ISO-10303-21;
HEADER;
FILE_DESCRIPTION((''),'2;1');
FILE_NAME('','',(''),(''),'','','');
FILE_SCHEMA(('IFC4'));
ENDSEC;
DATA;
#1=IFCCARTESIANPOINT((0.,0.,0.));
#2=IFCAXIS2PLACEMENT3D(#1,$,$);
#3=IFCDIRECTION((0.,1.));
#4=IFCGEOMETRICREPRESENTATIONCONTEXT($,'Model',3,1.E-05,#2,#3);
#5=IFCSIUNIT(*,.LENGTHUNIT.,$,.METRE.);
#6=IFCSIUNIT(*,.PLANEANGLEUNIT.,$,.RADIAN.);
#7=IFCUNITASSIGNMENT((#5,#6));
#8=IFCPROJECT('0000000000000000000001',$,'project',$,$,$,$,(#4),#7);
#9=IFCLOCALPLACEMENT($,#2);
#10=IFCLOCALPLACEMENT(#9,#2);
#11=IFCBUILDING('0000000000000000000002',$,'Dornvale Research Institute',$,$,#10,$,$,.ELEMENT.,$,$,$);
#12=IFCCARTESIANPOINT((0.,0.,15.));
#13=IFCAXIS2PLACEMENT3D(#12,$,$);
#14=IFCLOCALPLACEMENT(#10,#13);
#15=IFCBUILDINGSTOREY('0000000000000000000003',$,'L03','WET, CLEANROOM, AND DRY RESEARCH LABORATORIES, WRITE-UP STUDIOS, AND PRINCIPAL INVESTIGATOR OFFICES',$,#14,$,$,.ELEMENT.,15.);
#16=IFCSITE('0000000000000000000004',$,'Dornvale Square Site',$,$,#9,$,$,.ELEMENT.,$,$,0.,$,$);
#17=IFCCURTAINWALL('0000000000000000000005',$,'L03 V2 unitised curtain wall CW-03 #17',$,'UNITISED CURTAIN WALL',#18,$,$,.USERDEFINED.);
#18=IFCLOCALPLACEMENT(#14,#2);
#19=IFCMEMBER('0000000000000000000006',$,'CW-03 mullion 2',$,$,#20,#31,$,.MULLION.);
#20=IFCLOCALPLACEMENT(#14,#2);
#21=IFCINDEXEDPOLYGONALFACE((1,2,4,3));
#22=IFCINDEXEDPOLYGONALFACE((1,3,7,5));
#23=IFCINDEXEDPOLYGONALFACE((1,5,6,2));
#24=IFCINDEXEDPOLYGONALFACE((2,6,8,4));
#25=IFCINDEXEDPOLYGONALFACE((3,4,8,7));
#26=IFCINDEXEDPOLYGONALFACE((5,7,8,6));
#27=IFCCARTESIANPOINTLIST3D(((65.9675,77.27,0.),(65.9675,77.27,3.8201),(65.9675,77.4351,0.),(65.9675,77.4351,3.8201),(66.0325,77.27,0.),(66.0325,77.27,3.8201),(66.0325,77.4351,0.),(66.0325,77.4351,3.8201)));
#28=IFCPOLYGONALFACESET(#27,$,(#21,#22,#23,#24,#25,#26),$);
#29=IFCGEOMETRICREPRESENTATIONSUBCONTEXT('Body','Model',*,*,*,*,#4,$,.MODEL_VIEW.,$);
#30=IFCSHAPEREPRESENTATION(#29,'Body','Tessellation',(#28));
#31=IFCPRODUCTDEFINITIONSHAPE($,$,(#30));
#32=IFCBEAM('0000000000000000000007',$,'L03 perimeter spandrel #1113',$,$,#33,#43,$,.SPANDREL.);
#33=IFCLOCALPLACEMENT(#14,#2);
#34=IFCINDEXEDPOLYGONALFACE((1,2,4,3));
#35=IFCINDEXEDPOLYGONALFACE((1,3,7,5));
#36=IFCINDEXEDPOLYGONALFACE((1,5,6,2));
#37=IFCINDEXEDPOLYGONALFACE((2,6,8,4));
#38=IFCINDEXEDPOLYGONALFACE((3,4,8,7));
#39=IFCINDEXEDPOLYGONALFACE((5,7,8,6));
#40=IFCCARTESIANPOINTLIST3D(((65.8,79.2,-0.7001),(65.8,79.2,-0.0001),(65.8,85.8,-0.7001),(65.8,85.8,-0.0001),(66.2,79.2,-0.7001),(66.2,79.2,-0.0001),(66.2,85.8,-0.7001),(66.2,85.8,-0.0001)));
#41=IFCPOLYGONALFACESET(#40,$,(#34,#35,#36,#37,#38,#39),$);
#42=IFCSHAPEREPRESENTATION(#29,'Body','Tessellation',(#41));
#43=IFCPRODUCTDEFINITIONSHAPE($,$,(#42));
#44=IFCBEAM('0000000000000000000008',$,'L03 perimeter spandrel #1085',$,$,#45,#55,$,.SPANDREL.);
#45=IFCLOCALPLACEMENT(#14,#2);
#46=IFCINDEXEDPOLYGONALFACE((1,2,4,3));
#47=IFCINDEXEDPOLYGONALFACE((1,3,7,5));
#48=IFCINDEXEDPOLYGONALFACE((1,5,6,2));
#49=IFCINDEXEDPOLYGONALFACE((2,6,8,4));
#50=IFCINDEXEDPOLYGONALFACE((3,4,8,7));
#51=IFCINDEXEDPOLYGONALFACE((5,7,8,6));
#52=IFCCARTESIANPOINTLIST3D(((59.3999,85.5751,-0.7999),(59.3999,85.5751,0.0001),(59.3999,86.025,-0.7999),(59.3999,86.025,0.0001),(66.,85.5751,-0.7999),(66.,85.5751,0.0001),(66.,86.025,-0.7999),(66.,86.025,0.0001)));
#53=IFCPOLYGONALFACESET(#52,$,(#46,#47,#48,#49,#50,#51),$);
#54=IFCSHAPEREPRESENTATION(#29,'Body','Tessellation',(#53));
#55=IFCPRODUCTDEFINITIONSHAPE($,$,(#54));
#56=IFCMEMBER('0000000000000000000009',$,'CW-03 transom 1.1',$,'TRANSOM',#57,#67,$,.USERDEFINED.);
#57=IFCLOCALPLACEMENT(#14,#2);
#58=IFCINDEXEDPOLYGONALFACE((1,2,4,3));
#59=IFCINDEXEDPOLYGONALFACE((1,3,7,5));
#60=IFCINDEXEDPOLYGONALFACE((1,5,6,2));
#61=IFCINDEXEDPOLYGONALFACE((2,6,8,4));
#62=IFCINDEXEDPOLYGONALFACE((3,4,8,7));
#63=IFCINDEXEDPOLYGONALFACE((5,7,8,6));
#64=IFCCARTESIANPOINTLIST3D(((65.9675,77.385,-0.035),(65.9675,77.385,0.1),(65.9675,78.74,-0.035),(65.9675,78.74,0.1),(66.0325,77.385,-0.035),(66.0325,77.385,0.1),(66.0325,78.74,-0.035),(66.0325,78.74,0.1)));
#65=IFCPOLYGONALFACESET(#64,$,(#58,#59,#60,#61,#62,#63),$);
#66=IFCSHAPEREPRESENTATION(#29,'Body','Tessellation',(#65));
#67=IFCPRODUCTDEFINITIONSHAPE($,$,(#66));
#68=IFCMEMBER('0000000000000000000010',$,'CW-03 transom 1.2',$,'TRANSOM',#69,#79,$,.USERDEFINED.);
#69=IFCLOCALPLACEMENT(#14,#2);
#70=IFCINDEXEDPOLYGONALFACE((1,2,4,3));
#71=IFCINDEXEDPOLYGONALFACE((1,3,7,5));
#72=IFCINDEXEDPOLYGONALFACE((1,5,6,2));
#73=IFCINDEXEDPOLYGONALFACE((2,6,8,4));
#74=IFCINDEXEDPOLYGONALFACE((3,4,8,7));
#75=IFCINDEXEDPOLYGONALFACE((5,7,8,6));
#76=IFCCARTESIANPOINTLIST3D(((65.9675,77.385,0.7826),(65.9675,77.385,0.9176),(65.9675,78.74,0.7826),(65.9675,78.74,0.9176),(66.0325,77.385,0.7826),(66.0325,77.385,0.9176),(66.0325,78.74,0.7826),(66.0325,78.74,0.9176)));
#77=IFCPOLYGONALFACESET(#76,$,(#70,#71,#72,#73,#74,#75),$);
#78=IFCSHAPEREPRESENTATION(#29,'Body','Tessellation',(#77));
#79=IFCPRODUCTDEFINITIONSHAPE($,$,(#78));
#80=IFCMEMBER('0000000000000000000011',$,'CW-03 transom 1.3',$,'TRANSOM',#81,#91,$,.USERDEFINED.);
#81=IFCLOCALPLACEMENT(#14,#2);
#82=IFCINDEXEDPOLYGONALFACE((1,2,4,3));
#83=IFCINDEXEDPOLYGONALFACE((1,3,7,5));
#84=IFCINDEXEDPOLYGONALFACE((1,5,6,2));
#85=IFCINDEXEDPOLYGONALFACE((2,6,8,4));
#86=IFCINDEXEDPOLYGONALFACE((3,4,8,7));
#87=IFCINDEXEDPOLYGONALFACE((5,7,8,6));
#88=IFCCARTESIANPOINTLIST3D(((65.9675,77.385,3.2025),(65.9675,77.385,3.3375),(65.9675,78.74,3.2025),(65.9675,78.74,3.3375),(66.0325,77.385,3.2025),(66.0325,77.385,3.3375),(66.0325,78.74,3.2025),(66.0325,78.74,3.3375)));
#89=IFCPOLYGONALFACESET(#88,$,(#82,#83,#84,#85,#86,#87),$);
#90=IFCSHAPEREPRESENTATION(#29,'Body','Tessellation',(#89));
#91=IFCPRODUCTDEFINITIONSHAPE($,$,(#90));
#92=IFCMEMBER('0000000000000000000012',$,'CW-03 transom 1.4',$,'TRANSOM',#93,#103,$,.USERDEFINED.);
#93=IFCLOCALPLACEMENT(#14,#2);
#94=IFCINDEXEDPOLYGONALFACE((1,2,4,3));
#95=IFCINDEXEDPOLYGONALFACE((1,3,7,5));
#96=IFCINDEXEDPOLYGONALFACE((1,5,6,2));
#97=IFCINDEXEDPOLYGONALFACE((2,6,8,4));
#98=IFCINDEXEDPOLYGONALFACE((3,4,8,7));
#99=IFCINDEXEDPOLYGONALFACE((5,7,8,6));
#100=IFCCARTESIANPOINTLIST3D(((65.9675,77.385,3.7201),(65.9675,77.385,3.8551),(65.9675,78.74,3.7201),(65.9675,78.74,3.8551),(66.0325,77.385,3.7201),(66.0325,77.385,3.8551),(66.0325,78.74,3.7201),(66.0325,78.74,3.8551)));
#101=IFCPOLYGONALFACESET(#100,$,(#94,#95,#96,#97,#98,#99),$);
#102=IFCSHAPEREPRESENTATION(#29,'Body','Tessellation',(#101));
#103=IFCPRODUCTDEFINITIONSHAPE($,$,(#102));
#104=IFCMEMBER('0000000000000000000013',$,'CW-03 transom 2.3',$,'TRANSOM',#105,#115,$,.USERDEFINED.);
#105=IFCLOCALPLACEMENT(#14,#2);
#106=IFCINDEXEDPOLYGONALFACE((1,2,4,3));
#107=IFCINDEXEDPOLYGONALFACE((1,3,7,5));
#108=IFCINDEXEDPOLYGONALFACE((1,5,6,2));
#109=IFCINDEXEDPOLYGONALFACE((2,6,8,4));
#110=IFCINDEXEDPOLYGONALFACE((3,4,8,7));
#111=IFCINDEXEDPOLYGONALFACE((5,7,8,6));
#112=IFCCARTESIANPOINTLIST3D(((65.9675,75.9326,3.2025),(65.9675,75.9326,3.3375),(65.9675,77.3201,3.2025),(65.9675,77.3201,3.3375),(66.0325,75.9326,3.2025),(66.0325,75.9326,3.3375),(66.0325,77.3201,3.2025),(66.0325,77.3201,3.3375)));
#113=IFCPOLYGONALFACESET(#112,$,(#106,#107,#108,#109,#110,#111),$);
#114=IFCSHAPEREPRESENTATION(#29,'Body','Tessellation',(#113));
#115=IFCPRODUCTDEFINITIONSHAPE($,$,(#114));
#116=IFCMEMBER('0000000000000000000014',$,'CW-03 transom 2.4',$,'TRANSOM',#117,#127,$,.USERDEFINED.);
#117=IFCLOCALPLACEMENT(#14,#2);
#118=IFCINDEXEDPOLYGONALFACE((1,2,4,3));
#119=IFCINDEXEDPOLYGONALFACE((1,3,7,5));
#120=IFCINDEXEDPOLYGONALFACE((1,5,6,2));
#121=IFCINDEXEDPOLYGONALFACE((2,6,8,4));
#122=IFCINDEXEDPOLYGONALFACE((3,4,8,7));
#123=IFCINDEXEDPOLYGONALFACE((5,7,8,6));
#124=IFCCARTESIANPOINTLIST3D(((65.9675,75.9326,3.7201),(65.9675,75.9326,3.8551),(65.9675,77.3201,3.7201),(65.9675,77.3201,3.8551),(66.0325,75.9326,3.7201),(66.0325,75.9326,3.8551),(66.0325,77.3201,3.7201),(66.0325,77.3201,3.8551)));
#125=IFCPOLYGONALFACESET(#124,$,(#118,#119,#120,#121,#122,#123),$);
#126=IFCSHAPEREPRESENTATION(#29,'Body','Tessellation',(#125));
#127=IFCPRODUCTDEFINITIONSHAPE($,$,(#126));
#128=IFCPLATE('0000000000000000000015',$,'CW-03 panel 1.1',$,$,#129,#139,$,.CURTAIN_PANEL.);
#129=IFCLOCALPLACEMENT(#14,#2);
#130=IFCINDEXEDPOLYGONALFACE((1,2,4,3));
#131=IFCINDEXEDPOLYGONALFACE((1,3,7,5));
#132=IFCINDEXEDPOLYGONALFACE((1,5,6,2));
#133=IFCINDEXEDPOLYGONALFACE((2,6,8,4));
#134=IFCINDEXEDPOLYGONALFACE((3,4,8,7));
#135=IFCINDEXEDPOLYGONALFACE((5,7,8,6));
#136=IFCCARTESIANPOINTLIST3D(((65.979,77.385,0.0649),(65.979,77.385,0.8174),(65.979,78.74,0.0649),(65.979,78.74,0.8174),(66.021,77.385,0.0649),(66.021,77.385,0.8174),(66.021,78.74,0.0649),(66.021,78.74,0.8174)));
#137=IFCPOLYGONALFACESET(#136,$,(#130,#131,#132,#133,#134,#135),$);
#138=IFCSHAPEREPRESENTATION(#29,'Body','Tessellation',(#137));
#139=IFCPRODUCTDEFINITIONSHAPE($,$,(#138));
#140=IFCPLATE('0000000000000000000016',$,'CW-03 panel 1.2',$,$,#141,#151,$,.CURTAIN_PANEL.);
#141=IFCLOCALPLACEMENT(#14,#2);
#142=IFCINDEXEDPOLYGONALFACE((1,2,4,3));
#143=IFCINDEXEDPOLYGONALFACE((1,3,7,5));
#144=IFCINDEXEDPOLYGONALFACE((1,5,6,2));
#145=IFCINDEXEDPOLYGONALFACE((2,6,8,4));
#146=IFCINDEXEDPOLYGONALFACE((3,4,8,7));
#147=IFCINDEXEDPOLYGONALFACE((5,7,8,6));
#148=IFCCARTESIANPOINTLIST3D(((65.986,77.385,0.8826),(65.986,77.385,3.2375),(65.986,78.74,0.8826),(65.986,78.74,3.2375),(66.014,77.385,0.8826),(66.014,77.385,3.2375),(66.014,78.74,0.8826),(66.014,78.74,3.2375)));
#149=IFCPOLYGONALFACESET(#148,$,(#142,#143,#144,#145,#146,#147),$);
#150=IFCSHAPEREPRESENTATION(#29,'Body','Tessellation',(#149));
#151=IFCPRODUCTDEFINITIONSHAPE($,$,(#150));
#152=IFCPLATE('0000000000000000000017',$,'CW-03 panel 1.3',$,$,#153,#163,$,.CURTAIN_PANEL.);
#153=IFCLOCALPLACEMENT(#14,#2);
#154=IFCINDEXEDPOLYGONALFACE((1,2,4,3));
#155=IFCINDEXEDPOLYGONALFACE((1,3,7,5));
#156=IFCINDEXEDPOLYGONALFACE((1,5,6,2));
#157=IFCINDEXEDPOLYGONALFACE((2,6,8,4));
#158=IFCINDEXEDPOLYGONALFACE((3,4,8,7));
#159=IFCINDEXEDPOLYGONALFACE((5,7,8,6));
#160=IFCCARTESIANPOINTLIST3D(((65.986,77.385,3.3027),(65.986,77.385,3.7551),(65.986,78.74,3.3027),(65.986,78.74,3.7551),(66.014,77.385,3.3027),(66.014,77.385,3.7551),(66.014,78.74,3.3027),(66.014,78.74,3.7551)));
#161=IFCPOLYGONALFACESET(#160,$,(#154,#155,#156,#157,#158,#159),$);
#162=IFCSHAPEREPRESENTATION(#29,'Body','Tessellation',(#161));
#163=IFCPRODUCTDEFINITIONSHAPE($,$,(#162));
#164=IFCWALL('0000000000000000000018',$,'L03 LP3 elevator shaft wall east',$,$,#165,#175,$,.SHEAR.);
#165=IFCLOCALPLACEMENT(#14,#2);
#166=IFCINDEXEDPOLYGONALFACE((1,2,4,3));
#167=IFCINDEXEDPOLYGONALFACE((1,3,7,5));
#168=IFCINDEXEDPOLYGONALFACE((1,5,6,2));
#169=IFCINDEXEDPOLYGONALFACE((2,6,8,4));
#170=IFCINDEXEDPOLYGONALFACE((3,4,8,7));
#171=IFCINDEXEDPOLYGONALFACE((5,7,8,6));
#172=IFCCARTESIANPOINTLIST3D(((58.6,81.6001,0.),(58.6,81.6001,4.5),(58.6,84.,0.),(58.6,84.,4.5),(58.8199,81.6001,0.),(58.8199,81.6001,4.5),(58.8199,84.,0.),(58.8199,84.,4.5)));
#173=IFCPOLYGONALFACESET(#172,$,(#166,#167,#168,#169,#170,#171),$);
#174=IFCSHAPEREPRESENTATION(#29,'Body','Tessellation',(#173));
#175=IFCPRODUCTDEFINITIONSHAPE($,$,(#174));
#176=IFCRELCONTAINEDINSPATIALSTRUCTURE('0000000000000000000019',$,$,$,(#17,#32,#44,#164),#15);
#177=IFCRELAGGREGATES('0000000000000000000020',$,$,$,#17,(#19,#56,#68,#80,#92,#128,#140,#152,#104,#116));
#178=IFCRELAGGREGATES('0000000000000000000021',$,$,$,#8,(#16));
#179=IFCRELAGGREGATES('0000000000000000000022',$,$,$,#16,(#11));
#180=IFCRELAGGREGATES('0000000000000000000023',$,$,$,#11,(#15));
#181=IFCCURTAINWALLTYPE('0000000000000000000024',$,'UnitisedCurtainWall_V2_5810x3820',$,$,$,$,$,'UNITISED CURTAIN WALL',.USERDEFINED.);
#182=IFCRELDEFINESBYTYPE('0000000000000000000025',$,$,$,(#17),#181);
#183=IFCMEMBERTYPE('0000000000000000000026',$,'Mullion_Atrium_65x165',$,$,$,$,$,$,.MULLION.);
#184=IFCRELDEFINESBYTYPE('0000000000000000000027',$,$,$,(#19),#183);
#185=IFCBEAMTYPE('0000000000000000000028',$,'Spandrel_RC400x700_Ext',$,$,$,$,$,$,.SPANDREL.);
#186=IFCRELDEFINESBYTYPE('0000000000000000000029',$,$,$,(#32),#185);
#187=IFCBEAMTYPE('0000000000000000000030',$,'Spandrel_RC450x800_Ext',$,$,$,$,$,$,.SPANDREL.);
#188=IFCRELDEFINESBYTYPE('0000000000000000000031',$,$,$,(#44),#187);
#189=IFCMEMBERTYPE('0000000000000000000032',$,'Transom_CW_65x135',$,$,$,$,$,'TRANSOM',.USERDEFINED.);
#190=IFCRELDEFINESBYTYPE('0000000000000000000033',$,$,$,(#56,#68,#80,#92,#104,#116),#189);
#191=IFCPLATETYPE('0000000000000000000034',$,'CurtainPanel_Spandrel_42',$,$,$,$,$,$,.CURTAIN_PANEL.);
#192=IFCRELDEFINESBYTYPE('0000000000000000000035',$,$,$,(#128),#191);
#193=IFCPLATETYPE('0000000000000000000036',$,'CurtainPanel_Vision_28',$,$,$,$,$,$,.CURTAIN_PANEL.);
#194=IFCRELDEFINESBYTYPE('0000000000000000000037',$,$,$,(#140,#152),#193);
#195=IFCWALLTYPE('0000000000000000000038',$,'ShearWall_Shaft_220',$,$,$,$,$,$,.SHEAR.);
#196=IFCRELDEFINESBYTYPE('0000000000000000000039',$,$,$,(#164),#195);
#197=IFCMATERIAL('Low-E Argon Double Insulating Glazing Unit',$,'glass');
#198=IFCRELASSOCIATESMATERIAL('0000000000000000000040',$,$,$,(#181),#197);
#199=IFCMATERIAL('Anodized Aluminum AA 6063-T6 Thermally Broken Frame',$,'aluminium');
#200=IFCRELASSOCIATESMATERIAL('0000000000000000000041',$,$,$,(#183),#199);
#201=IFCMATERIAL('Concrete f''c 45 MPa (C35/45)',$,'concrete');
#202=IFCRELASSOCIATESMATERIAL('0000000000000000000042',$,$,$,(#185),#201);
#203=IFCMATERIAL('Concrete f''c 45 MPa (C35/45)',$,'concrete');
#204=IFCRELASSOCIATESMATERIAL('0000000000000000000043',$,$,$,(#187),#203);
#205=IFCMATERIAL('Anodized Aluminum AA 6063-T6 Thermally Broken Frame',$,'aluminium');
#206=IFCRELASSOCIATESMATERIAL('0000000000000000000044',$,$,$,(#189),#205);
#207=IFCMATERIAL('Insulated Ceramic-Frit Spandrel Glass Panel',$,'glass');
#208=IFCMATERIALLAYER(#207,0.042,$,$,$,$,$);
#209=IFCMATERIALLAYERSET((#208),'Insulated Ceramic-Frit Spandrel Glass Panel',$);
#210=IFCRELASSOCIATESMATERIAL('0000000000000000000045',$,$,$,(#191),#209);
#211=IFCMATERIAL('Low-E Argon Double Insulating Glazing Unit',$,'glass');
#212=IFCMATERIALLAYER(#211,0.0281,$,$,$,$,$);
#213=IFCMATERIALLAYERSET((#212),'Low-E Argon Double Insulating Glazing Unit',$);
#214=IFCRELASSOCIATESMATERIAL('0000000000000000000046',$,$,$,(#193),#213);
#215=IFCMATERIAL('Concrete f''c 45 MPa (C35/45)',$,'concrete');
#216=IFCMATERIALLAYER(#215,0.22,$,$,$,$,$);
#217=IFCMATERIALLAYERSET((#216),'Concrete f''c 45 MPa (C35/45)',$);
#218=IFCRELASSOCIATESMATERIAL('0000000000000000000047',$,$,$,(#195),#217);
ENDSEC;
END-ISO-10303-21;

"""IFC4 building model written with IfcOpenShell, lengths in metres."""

from ifc_helpers import new_model, si_unit, direction, frame, frame_2d, origin, origin_2d, place, context, subcontext, project, spatial, rectangle, extrude, material, layer, layer_set, material_profile, profile_set, type_object, element, aggregate, save


model = new_model("IFC4")

# Units and contexts
model_context = context("Model", 3, precision=1e-05, world=origin(), true_north=direction((0.0, 1.0)))
body_context = subcontext(model_context, "Body", "Model", "MODEL_VIEW")
ifc_project = project(units=[si_unit("LENGTHUNIT", "METRE"), si_unit("PLANEANGLEUNIT", "RADIAN")], contexts=[model_context])

# Site, building, storey
site_placement = place(None, origin())
site = spatial("IfcSite", under=ifc_project, at=site_placement, Name="Dornvale Square Site", CompositionType="ELEMENT", RefElevation=0.0)
building_placement = place(site_placement, origin())
building = spatial("IfcBuilding", under=site, at=building_placement, Name="Dornvale Research Institute", CompositionType="ELEMENT")
storey_placement = place(building_placement, frame((0.0, 0.0, 15.0)))
storey = spatial("IfcBuildingStorey", under=building, at=storey_placement, Name="L03", Description="WET, CLEANROOM, AND DRY RESEARCH LABORATORIES, WRITE-UP STUDIOS, AND PRINCIPAL INVESTIGATOR OFFICES", CompositionType="ELEMENT", Elevation=15.0)

# Curtain wall, member
ifc_material_1 = material(Name="Low-E Argon Double Insulating Glazing Unit", Category="glass")
curtain_wall_type = type_object("IfcCurtainWallType", Name="UnitisedCurtainWall_V2_5810x3820", ElementType="UNITISED CURTAIN WALL", PredefinedType="USERDEFINED", material=ifc_material_1)
curtain_wall_placement = place(storey_placement, origin())
curtain_wall = element("IfcCurtainWall", 1, at=curtain_wall_placement, inside=storey, type_object=curtain_wall_type, Name="L03 V2 unitised curtain wall CW-03 #17", ObjectType="UNITISED CURTAIN WALL", PredefinedType="USERDEFINED")
ifc_material_2 = material(Name="Anodized Aluminum AA 6063-T6 Thermally Broken Frame", Category="aluminium")
ifc_material_profile_1 = material_profile(ifc_material_2, rectangle(XDim=0.0649, YDim=0.165, at=origin_2d()), Name="ALU MULLION 65x165")
ifc_profile_set_1 = profile_set([ifc_material_profile_1], Name="Anodized Aluminum AA 6063-T6 Thermally Broken Frame")
member_type_1 = type_object("IfcMemberType", Name="Mullion_Atrium_65x165", PredefinedType="MULLION", material=ifc_profile_set_1)
member_1_placement = place(storey_placement, frame((66.0, 77.3525, 0.0), z_axis=(0.0, 0.0, 1.0), x_axis=(1.0, 0.0, 0.0)))
member_1 = element("IfcMember", 2, at=member_1_placement, type_object=member_type_1, Name="CW-03 mullion 2", PredefinedType="MULLION", context=body_context, shape_type="SweptSolid", body=[
    extrude(rectangle(XDim=0.0649, YDim=0.165, at=origin_2d()), origin(), (0.0, 0.0, 1.0), 3.8201),
])

# Beams
ifc_material_3 = material(Name="Concrete f'c 45 MPa (C35/45)", Category="concrete")
ifc_material_profile_2 = material_profile(ifc_material_3, rectangle(XDim=0.3999, YDim=0.7, at=origin_2d()), Name="RC 400x700")
ifc_profile_set_2 = profile_set([ifc_material_profile_2], Name="Concrete f'c 45 MPa (C35/45)")
beam_type_1 = type_object("IfcBeamType", Name="Spandrel_RC400x700_Ext", PredefinedType="SPANDREL", material=ifc_profile_set_2)
beam_1_placement = place(storey_placement, frame((66.0, 79.2, -0.3501), z_axis=(0.0, 1.0, 0.0), x_axis=(-1.0, 0.0, 0.0)))
element("IfcBeam", 3, at=beam_1_placement, inside=storey, type_object=beam_type_1, Name="L03 perimeter spandrel #1113", PredefinedType="SPANDREL", context=body_context, shape_type="SweptSolid", body=[
    extrude(rectangle(XDim=0.3999, YDim=0.7, at=origin_2d()), origin(), (0.0, 0.0, 1.0), 6.6001),
])
ifc_material_4 = material(Name="Concrete f'c 45 MPa (C35/45)", Category="concrete")
ifc_material_profile_3 = material_profile(ifc_material_4, rectangle(XDim=0.45, YDim=0.8, at=origin_2d()), Name="RC 450x800")
ifc_profile_set_3 = profile_set([ifc_material_profile_3], Name="Concrete f'c 45 MPa (C35/45)")
beam_type_2 = type_object("IfcBeamType", Name="Spandrel_RC450x800_Ext", PredefinedType="SPANDREL", material=ifc_profile_set_3)
beam_2_placement = place(storey_placement, frame((59.3999, 85.8, -0.3999), z_axis=(1.0, 0.0, 0.0), x_axis=(0.0, 1.0, 0.0)))
element("IfcBeam", 4, at=beam_2_placement, inside=storey, type_object=beam_type_2, Name="L03 perimeter spandrel #1085", PredefinedType="SPANDREL", context=body_context, shape_type="SweptSolid", body=[
    extrude(rectangle(XDim=0.45, YDim=0.8, at=origin_2d()), origin(), (0.0, 0.0, 1.0), 6.6001),
])

# Members
ifc_material_5 = material(Name="Anodized Aluminum AA 6063-T6 Thermally Broken Frame", Category="aluminium")
ifc_material_profile_4 = material_profile(ifc_material_5, rectangle(XDim=0.0649, YDim=0.135, at=origin_2d()), Name="ALU TRANSOM 65x135")
ifc_profile_set_4 = profile_set([ifc_material_profile_4], Name="Anodized Aluminum AA 6063-T6 Thermally Broken Frame")
member_type_2 = type_object("IfcMemberType", Name="Transom_CW_65x135", ElementType="TRANSOM", PredefinedType="USERDEFINED", material=ifc_profile_set_4)
member_2_placement = place(storey_placement, frame((66.0, 78.74, 0.0325), z_axis=(0.0, -1.0, 0.0), x_axis=(1.0, 0.0, 0.0)))
member_2 = element("IfcMember", 5, at=member_2_placement, type_object=member_type_2, Name="CW-03 transom 1.1", ObjectType="TRANSOM", PredefinedType="USERDEFINED", context=body_context, shape_type="SweptSolid", body=[
    extrude(rectangle(XDim=0.0649, YDim=0.135, at=origin_2d()), origin(), (0.0, 0.0, 1.0), 1.355),
])
member_3_placement = place(storey_placement, frame((66.0, 78.74, 0.8501), z_axis=(0.0, -1.0, 0.0), x_axis=(1.0, 0.0, 0.0)))
member_3 = element("IfcMember", 6, at=member_3_placement, type_object=member_type_2, Name="CW-03 transom 1.2", ObjectType="TRANSOM", PredefinedType="USERDEFINED", context=body_context, shape_type="SweptSolid", body=[
    extrude(rectangle(XDim=0.0649, YDim=0.135, at=origin_2d()), origin(), (0.0, 0.0, 1.0), 1.355),
])
member_4_placement = place(storey_placement, frame((66.0, 78.74, 3.27), z_axis=(0.0, -1.0, 0.0), x_axis=(1.0, 0.0, 0.0)))
member_4 = element("IfcMember", 7, at=member_4_placement, type_object=member_type_2, Name="CW-03 transom 1.3", ObjectType="TRANSOM", PredefinedType="USERDEFINED", context=body_context, shape_type="SweptSolid", body=[
    extrude(rectangle(XDim=0.0649, YDim=0.135, at=origin_2d()), origin(), (0.0, 0.0, 1.0), 1.355),
])
member_5_placement = place(storey_placement, frame((66.0, 78.74, 3.7876), z_axis=(0.0, -1.0, 0.0), x_axis=(1.0, 0.0, 0.0)))
member_5 = element("IfcMember", 8, at=member_5_placement, type_object=member_type_2, Name="CW-03 transom 1.4", ObjectType="TRANSOM", PredefinedType="USERDEFINED", context=body_context, shape_type="SweptSolid", body=[
    extrude(rectangle(XDim=0.0649, YDim=0.135, at=origin_2d()), origin(), (0.0, 0.0, 1.0), 1.355),
])
member_6_placement = place(storey_placement, frame((66.0, 77.3201, 3.27), z_axis=(0.0, -1.0, 0.0), x_axis=(1.0, 0.0, 0.0)))
member_6 = element("IfcMember", 9, at=member_6_placement, type_object=member_type_2, Name="CW-03 transom 2.3", ObjectType="TRANSOM", PredefinedType="USERDEFINED", context=body_context, shape_type="SweptSolid", body=[
    extrude(rectangle(XDim=0.0649, YDim=0.135, at=origin_2d()), origin(), (0.0, 0.0, 1.0), 1.3875),
])
member_7_placement = place(storey_placement, frame((66.0, 77.3201, 3.7876), z_axis=(0.0, -1.0, 0.0), x_axis=(1.0, 0.0, 0.0)))
member_7 = element("IfcMember", 10, at=member_7_placement, type_object=member_type_2, Name="CW-03 transom 2.4", ObjectType="TRANSOM", PredefinedType="USERDEFINED", context=body_context, shape_type="SweptSolid", body=[
    extrude(rectangle(XDim=0.0649, YDim=0.135, at=origin_2d()), origin(), (0.0, 0.0, 1.0), 1.3875),
])

# Plates
ifc_material_6 = material(Name="Insulated Ceramic-Frit Spandrel Glass Panel", Category="glass")
ifc_layer_1 = layer(ifc_material_6, 0.042)
ifc_layer_set_1 = layer_set([ifc_layer_1], Name="Insulated Ceramic-Frit Spandrel Glass Panel")
plate_type_1 = type_object("IfcPlateType", Name="CurtainPanel_Spandrel_42", PredefinedType="CURTAIN_PANEL", material=ifc_layer_set_1)
plate_1_placement = place(storey_placement, frame((66.0, 78.0625, 0.0649), z_axis=(0.0, 0.0, 1.0), x_axis=(0.0, -1.0, 0.0)))
plate_1 = element("IfcPlate", 11, at=plate_1_placement, type_object=plate_type_1, Name="CW-03 panel 1.1", PredefinedType="CURTAIN_PANEL", context=body_context, shape_type="SweptSolid", body=[
    extrude(rectangle(XDim=1.355, YDim=0.042, at=origin_2d()), origin(), (0.0, 0.0, 1.0), 0.7524),
])
ifc_material_7 = material(Name="Low-E Argon Double Insulating Glazing Unit", Category="glass")
ifc_layer_2 = layer(ifc_material_7, 0.0281)
ifc_layer_set_2 = layer_set([ifc_layer_2], Name="Low-E Argon Double Insulating Glazing Unit")
plate_type_2 = type_object("IfcPlateType", Name="CurtainPanel_Vision_28", PredefinedType="CURTAIN_PANEL", material=ifc_layer_set_2)
plate_2_placement = place(storey_placement, frame((66.0, 78.0625, 0.8826), z_axis=(0.0, 0.0, 1.0), x_axis=(0.0, -1.0, 0.0)))
plate_2 = element("IfcPlate", 12, at=plate_2_placement, type_object=plate_type_2, Name="CW-03 panel 1.2", PredefinedType="CURTAIN_PANEL", context=body_context, shape_type="SweptSolid", body=[
    extrude(rectangle(XDim=1.355, YDim=0.0281, at=origin_2d()), origin(), (0.0, 0.0, 1.0), 2.355),
])
plate_3_placement = place(storey_placement, frame((66.0, 78.0625, 3.3027), z_axis=(0.0, 0.0, 1.0), x_axis=(0.0, -1.0, 0.0)))
plate_3 = element("IfcPlate", 13, at=plate_3_placement, type_object=plate_type_2, Name="CW-03 panel 1.3", PredefinedType="CURTAIN_PANEL", context=body_context, shape_type="SweptSolid", body=[
    extrude(rectangle(XDim=1.355, YDim=0.0281, at=origin_2d()), origin(), (0.0, 0.0, 1.0), 0.4524),
])
aggregate(curtain_wall, [member_1, member_2, member_3, member_4, member_5, plate_1, plate_2, plate_3, member_6, member_7])

# Wall
ifc_material_8 = material(Name="Concrete f'c 45 MPa (C35/45)", Category="concrete")
ifc_layer_3 = layer(ifc_material_8, 0.22)
ifc_layer_set_3 = layer_set([ifc_layer_3], Name="Concrete f'c 45 MPa (C35/45)")
wall_type_1 = type_object("IfcWallType", Name="ShearWall_Shaft_220", PredefinedType="SHEAR", material=ifc_layer_set_3)
wall_1_placement = place(storey_placement, frame((58.71, 81.6001, 0.0), z_axis=(0.0, 0.0, 1.0), x_axis=(0.0, 1.0, 0.0)))
element("IfcWall", 14, at=wall_1_placement, inside=storey, type_object=wall_type_1, Name="L03 LP3 elevator shaft wall east", PredefinedType="SHEAR", context=body_context, shape_type="SweptSolid", body=[
    extrude(rectangle(XDim=2.3999, YDim=0.22, at=frame_2d((1.2, 0.0))), origin(), (0.0, 0.0, 1.0), 4.5),
])

save(model, "model.ifc")
